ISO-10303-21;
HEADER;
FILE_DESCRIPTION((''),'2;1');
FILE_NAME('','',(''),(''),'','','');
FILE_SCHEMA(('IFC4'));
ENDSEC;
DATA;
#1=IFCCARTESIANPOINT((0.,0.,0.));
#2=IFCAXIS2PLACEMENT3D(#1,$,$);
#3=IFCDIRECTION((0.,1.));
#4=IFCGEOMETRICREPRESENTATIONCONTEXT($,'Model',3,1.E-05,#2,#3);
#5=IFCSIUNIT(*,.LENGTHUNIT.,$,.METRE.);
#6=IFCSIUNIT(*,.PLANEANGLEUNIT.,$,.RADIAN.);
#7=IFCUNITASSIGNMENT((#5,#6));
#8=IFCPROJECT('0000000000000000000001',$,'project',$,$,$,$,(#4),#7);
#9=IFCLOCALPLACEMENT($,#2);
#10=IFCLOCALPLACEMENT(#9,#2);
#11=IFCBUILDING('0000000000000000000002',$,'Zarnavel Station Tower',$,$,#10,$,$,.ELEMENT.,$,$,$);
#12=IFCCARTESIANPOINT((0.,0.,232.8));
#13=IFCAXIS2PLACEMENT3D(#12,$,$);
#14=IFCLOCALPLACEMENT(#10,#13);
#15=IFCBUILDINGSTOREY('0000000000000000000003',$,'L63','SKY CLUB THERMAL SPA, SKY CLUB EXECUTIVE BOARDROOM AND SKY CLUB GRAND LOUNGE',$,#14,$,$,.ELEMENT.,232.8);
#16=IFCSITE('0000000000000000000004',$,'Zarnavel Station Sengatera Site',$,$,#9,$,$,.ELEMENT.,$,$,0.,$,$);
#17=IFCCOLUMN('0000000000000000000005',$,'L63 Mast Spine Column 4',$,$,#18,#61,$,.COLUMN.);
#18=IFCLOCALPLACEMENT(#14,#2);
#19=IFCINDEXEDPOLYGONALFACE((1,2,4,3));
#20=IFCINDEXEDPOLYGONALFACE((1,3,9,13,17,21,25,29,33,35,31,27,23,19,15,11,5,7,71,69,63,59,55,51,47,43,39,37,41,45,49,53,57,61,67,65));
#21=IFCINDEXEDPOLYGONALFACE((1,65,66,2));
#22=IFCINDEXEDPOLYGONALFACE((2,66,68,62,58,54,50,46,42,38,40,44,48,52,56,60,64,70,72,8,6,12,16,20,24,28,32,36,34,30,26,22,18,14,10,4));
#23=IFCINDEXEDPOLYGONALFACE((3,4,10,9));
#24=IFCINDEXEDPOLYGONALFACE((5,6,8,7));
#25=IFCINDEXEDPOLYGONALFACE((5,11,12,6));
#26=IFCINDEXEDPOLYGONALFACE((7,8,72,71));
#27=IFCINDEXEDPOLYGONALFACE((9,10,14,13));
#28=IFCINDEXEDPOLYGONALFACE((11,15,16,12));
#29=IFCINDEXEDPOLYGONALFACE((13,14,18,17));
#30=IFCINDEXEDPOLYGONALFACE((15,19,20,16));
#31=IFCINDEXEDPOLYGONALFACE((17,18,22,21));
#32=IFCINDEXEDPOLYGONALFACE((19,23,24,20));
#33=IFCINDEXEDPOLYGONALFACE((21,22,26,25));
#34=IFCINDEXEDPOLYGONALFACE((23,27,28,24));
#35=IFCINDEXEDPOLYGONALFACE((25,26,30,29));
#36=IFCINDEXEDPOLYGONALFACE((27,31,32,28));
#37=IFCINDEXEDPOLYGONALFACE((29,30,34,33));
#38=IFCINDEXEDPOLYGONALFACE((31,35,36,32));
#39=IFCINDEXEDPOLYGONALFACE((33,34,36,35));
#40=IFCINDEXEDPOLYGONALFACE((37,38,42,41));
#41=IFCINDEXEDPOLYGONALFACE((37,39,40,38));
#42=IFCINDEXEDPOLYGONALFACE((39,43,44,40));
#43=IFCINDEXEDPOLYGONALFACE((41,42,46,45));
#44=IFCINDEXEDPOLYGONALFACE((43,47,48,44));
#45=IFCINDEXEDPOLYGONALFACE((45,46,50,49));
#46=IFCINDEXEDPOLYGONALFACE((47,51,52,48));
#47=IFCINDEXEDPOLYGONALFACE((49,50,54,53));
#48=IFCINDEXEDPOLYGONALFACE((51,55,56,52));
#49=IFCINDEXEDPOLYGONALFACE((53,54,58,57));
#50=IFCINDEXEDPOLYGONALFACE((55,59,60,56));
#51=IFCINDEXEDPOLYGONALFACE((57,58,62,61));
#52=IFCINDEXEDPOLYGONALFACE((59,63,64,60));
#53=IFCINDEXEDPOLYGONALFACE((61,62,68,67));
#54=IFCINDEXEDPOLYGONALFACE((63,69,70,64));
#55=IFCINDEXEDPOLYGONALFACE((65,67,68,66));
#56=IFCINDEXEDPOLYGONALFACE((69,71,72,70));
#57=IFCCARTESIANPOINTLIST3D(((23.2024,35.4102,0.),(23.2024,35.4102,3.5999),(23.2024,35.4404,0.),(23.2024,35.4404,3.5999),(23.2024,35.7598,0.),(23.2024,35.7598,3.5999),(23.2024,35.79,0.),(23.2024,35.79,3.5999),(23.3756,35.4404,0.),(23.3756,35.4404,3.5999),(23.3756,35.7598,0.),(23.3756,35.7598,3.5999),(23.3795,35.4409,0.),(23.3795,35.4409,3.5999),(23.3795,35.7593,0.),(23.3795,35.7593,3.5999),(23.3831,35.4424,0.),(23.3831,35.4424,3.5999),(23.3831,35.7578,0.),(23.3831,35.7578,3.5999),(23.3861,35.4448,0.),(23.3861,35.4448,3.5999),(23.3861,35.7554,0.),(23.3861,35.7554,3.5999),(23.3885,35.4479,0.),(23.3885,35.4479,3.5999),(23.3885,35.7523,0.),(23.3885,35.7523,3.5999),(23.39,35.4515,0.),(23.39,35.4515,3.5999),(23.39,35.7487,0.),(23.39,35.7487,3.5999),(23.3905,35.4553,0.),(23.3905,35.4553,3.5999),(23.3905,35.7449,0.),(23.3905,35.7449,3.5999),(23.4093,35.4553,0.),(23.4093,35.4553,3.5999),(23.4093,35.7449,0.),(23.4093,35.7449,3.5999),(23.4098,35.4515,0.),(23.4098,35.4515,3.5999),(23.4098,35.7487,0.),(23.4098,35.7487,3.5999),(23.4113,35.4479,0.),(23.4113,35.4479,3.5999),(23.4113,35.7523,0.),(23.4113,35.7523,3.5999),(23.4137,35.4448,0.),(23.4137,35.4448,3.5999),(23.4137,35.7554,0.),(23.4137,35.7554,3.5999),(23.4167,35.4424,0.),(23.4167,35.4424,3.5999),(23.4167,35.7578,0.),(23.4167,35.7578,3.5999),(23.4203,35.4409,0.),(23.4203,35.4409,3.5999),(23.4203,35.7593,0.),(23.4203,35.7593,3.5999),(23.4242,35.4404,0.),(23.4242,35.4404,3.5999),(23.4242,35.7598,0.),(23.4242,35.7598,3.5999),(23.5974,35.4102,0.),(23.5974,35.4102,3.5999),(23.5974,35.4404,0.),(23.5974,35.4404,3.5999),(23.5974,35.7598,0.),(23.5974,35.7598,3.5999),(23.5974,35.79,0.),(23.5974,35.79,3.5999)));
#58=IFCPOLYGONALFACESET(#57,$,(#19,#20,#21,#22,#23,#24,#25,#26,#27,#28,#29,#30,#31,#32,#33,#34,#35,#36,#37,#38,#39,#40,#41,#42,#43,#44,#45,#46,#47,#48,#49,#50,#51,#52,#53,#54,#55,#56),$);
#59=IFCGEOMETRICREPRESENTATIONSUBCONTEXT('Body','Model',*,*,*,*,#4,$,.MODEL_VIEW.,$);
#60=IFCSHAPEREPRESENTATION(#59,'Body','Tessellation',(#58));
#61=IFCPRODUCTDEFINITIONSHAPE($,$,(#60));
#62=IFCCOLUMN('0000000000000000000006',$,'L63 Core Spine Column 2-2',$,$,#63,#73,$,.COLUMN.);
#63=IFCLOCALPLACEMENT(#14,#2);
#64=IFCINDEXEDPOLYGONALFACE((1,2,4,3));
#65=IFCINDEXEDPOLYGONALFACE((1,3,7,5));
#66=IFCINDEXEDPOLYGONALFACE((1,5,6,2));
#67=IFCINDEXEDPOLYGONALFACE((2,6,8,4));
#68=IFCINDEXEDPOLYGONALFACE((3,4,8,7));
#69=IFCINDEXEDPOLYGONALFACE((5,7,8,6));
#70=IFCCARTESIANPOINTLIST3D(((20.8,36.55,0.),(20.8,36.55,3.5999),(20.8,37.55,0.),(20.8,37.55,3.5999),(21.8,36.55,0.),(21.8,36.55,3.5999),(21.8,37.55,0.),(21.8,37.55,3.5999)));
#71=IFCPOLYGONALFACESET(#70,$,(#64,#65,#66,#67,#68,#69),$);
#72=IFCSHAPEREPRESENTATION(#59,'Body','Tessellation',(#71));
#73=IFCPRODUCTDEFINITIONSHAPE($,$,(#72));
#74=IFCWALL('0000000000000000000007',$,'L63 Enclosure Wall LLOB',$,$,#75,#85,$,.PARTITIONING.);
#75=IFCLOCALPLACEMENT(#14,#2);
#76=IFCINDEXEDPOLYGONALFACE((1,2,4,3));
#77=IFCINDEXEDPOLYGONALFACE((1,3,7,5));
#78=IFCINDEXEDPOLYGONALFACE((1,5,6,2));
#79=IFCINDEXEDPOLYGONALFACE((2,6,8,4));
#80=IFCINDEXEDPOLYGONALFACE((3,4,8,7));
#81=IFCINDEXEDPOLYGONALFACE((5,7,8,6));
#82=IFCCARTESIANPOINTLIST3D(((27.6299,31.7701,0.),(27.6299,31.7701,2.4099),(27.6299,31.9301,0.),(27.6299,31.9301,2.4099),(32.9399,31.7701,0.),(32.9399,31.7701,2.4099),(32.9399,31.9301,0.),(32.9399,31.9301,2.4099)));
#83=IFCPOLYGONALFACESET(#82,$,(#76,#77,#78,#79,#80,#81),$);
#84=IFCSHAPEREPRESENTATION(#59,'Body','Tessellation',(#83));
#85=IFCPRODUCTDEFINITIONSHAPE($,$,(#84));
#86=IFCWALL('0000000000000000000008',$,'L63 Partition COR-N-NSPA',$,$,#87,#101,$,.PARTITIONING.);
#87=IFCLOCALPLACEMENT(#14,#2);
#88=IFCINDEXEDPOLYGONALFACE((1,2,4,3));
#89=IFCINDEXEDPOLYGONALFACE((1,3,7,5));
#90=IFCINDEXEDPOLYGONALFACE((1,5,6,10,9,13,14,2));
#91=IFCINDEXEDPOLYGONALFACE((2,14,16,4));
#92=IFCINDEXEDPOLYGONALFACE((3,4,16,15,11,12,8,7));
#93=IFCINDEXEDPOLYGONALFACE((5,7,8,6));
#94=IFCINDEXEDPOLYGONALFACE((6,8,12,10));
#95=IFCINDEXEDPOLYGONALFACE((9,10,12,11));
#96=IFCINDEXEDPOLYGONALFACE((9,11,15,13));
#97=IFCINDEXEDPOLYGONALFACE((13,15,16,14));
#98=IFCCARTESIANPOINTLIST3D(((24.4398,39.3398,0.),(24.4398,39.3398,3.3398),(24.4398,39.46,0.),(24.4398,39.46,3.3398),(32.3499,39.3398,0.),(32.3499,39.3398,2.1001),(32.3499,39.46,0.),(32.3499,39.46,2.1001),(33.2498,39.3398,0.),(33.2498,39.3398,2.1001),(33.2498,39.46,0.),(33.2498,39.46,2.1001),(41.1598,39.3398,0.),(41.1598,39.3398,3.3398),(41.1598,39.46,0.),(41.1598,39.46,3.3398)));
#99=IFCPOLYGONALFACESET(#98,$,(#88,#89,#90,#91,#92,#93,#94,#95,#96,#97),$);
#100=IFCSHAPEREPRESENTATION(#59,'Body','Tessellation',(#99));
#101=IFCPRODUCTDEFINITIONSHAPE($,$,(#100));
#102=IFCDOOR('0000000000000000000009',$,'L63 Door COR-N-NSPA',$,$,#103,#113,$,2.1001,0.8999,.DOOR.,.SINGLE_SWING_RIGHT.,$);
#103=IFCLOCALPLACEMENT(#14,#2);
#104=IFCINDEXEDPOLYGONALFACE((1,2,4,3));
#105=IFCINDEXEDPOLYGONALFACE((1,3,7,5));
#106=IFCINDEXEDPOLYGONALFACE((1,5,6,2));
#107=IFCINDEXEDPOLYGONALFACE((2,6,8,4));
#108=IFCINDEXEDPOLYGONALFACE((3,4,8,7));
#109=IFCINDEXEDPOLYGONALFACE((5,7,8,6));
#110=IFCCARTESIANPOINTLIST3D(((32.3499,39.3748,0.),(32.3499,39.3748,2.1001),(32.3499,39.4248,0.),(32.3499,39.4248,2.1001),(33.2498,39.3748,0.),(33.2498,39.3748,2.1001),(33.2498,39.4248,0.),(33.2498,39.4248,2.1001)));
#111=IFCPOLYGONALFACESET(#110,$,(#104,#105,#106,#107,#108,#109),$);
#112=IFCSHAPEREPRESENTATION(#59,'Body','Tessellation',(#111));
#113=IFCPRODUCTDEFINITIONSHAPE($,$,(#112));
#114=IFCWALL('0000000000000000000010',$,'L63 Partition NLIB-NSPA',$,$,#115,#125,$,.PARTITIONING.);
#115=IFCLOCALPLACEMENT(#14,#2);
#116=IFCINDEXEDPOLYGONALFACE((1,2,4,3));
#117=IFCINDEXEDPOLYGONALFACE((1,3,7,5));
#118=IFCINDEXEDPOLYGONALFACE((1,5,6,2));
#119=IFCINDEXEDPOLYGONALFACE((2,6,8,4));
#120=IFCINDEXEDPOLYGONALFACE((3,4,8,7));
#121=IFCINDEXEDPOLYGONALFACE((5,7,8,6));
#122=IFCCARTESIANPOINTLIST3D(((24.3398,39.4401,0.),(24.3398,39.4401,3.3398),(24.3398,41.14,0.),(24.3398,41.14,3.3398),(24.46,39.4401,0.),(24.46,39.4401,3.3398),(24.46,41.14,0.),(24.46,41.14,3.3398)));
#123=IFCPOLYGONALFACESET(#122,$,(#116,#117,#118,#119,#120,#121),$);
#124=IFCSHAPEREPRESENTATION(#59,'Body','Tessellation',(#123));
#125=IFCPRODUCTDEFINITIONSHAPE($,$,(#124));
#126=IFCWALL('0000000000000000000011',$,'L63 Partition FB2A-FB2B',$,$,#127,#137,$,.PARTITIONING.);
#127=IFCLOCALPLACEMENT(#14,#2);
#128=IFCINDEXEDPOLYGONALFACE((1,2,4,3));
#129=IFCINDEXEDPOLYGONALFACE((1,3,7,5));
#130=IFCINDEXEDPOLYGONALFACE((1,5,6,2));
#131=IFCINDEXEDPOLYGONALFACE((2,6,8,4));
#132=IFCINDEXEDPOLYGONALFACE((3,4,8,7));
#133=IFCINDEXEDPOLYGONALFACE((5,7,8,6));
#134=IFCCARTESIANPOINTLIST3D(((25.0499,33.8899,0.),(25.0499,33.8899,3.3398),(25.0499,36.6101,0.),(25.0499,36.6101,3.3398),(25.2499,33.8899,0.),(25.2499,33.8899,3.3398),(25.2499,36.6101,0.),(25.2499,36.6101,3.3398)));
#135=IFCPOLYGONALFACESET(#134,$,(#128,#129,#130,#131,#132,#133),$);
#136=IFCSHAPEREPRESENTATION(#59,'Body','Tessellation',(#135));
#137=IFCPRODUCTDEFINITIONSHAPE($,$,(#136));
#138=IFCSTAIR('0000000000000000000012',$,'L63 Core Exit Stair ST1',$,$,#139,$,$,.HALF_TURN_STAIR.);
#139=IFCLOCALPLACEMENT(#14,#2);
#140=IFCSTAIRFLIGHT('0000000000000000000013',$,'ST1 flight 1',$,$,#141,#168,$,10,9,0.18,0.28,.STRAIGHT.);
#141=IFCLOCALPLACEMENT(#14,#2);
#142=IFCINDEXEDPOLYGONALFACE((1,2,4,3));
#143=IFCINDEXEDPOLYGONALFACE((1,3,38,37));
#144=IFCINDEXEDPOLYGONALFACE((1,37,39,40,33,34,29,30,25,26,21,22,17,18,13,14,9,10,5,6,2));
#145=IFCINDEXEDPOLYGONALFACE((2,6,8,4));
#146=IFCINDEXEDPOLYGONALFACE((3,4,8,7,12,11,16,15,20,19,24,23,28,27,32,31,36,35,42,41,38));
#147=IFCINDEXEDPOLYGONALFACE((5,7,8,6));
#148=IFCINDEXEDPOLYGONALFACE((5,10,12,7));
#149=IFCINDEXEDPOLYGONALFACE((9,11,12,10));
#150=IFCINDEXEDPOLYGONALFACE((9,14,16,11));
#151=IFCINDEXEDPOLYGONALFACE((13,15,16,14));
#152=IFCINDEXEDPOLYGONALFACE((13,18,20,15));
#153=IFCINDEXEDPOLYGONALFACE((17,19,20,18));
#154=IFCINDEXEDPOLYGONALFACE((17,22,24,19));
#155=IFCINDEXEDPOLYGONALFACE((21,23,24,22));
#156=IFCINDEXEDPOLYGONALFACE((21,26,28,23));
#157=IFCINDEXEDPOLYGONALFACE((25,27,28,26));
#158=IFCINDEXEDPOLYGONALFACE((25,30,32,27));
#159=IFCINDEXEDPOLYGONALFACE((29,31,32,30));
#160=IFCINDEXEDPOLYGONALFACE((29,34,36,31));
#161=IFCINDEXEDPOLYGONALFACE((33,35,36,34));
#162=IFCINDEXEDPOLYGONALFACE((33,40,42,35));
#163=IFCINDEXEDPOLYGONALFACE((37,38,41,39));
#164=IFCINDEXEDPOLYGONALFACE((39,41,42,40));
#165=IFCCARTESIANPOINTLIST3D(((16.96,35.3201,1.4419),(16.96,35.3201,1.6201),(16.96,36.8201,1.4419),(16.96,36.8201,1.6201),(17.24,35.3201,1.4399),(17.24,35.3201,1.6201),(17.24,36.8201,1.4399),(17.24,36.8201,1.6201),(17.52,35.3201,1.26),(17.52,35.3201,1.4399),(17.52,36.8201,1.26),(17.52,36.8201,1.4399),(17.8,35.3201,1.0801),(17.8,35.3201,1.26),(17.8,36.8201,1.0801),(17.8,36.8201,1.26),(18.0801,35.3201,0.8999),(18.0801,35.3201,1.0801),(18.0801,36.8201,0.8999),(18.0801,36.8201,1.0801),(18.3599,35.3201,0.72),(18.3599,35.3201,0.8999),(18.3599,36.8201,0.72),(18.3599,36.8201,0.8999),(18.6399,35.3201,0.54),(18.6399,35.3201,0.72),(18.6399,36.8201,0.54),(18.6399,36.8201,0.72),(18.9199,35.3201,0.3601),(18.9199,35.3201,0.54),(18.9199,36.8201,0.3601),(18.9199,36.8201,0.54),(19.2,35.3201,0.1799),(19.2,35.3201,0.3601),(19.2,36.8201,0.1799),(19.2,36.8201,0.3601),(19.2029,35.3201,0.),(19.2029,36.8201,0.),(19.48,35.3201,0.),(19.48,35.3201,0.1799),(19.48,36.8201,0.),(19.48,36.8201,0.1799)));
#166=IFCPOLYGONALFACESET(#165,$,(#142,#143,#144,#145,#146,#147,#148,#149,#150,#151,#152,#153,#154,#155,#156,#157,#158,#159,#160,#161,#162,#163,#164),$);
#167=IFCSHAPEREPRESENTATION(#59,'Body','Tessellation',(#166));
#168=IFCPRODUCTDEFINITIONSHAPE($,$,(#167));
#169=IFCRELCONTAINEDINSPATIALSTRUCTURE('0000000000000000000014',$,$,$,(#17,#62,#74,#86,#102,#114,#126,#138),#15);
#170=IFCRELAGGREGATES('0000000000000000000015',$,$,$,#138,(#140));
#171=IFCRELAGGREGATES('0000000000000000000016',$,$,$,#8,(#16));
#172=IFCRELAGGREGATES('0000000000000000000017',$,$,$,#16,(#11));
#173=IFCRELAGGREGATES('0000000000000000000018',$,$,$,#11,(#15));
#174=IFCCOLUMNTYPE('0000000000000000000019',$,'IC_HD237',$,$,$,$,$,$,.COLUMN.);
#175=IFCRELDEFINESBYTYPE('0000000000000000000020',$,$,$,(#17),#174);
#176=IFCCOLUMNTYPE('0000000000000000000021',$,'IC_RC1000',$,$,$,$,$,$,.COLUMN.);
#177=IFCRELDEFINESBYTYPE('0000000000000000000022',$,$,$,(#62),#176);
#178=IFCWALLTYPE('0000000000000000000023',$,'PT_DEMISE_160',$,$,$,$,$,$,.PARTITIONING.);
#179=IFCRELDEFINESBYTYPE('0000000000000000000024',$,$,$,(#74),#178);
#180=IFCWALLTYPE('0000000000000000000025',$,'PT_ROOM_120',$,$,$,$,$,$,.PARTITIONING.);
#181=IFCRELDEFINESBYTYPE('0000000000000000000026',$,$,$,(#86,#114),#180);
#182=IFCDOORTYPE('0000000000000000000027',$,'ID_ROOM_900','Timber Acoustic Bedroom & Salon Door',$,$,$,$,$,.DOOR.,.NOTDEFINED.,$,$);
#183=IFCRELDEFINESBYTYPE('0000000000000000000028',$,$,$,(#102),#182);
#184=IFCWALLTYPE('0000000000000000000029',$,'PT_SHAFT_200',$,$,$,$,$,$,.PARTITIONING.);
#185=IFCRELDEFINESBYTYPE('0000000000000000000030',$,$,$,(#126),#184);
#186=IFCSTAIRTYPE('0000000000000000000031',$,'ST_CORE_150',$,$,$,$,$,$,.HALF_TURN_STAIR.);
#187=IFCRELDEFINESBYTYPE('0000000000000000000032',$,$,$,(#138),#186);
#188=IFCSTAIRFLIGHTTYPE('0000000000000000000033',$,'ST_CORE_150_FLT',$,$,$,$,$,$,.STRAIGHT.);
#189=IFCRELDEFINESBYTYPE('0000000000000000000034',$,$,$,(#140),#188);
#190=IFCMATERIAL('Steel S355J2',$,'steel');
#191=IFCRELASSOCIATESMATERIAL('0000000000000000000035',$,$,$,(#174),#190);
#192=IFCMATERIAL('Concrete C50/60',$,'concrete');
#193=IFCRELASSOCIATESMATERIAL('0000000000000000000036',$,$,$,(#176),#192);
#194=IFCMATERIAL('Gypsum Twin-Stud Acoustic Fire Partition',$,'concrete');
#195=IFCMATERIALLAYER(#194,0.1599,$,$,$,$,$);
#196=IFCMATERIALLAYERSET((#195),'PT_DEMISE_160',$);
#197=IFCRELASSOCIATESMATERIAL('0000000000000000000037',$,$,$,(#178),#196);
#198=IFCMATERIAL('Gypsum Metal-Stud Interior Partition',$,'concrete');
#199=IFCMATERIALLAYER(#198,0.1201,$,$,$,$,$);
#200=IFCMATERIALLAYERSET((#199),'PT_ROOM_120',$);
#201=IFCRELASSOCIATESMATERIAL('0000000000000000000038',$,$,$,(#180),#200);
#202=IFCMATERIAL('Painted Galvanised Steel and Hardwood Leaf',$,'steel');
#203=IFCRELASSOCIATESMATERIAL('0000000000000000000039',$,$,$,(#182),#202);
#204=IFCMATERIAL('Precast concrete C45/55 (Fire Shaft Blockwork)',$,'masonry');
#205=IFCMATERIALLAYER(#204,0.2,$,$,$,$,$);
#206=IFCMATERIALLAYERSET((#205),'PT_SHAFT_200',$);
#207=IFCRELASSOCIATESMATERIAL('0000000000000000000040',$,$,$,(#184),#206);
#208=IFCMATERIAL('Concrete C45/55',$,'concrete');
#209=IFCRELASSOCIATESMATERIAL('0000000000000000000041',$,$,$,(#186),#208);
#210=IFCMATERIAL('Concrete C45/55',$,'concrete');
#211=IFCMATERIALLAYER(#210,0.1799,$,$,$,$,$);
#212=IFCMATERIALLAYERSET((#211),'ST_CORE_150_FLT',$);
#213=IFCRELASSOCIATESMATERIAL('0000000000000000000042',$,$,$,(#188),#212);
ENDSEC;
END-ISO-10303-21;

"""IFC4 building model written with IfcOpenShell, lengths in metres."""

from ifc_helpers import new_model, si_unit, direction, frame, frame_2d, origin, origin_2d, place, context, subcontext, project, spatial, polyline, rectangle, i_section, outline, extrude, material, layer, layer_set, material_profile, profile_set, type_object, element, fill, aggregate, save


model = new_model("IFC4")

# Units and contexts
model_context = context("Model", 3, precision=1e-05, world=origin(), true_north=direction((0.0, 1.0)))
body_context = subcontext(model_context, "Body", "Model", "MODEL_VIEW")
ifc_project = project(units=[si_unit("LENGTHUNIT", "METRE"), si_unit("PLANEANGLEUNIT", "RADIAN")], contexts=[model_context])

# Site, building, storey
site_placement = place(None, origin())
site = spatial("IfcSite", under=ifc_project, at=site_placement, Name="Zarnavel Station Sengatera Site", CompositionType="ELEMENT", RefElevation=0.0)
building_placement = place(site_placement, origin())
building = spatial("IfcBuilding", under=site, at=building_placement, Name="Zarnavel Station Tower", CompositionType="ELEMENT")
storey_placement = place(building_placement, frame((0.0, 0.0, 232.8)))
storey = spatial("IfcBuildingStorey", under=building, at=storey_placement, Name="L63", Description="SKY CLUB THERMAL SPA, SKY CLUB EXECUTIVE BOARDROOM AND SKY CLUB GRAND LOUNGE", CompositionType="ELEMENT", Elevation=232.8)

# Columns
ifc_material_1 = material(Name="Steel S355J2", Category="steel")
ifc_material_profile_1 = material_profile(ifc_material_1, i_section(OverallWidth=0.395, OverallDepth=0.3799, WebThickness=0.0188, FlangeThickness=0.0303, FilletRadius=0.0149, at=origin_2d()), Name="HD400x237")
ifc_profile_set_1 = profile_set([ifc_material_profile_1], Name="Steel S355J2")
column_type_1 = type_object("IfcColumnType", Name="IC_HD237", PredefinedType="COLUMN", material=ifc_profile_set_1)
column_1_placement = place(storey_placement, frame((23.3999, 35.6001, 0.0), z_axis=(0.0, 0.0, 1.0), x_axis=(1.0, 0.0, 0.0)))
element("IfcColumn", 1, at=column_1_placement, inside=storey, type_object=column_type_1, Name="L63 Mast Spine Column 4", PredefinedType="COLUMN", context=body_context, shape_type="SweptSolid", body=[
    extrude(i_section(OverallWidth=0.395, OverallDepth=0.3799, WebThickness=0.0188, FlangeThickness=0.0303, FilletRadius=0.0149, at=origin_2d()), origin(), (0.0, 0.0, 1.0), 3.5999),
])
ifc_material_2 = material(Name="Concrete C50/60", Category="concrete")
ifc_material_profile_2 = material_profile(ifc_material_2, rectangle(XDim=1.0, YDim=1.0, at=origin_2d()), Name="RC1000x1000")
ifc_profile_set_2 = profile_set([ifc_material_profile_2], Name="Concrete C50/60")
column_type_2 = type_object("IfcColumnType", Name="IC_RC1000", PredefinedType="COLUMN", material=ifc_profile_set_2)
column_2_placement = place(storey_placement, frame((21.3, 37.05, 0.0), z_axis=(0.0, 0.0, 1.0), x_axis=(1.0, 0.0, 0.0)))
element("IfcColumn", 2, at=column_2_placement, inside=storey, type_object=column_type_2, Name="L63 Core Spine Column 2-2", PredefinedType="COLUMN", context=body_context, shape_type="SweptSolid", body=[
    extrude(rectangle(XDim=1.0, YDim=1.0, at=origin_2d()), origin(), (0.0, 0.0, 1.0), 3.5999),
])

# Wall
ifc_material_3 = material(Name="Gypsum Twin-Stud Acoustic Fire Partition", Category="concrete")
ifc_layer_1 = layer(ifc_material_3, 0.1599)
ifc_layer_set_1 = layer_set([ifc_layer_1], Name="PT_DEMISE_160")
wall_type_1 = type_object("IfcWallType", Name="PT_DEMISE_160", PredefinedType="PARTITIONING", material=ifc_layer_set_1)
wall_1_placement = place(storey_placement, frame((27.6299, 31.8501, 0.0), z_axis=(0.0, 0.0, 1.0), x_axis=(1.0, 0.0, 0.0)))
element("IfcWall", 3, at=wall_1_placement, inside=storey, type_object=wall_type_1, Name="L63 Enclosure Wall LLOB", PredefinedType="PARTITIONING", context=body_context, shape_type="SweptSolid", body=[
    extrude(rectangle(XDim=5.3101, YDim=0.1599, at=frame_2d((2.655, 0.0))), origin(), (0.0, 0.0, 1.0), 2.4099),
])

# Wall, opening, door
ifc_material_4 = material(Name="Gypsum Metal-Stud Interior Partition", Category="concrete")
ifc_layer_2 = layer(ifc_material_4, 0.1201)
ifc_layer_set_2 = layer_set([ifc_layer_2], Name="PT_ROOM_120")
wall_type_2 = type_object("IfcWallType", Name="PT_ROOM_120", PredefinedType="PARTITIONING", material=ifc_layer_set_2)
wall_2_placement = place(storey_placement, frame((24.4399, 39.3999, 0.0), z_axis=(0.0, 0.0, 1.0), x_axis=(1.0, 0.0, 0.0)))
wall_2 = element("IfcWall", 4, at=wall_2_placement, inside=storey, type_object=wall_type_2, Name="L63 Partition COR-N-NSPA", PredefinedType="PARTITIONING", context=body_context, shape_type="SweptSolid", body=[
    extrude(rectangle(XDim=16.72, YDim=0.1201, at=frame_2d((8.3599, 0.0))), origin(), (0.0, 0.0, 1.0), 3.3398),
])
opening_1_placement = place(wall_2_placement, frame((7.9099, 0.0, 0.0)))
opening_1 = element("IfcOpeningElement", 5, at=opening_1_placement, cuts=wall_2, PredefinedType="OPENING", context=body_context, shape_type="SweptSolid", body=[
    extrude(rectangle(XDim=0.8999, YDim=2.1001, at=frame_2d((0.45, 1.05))), frame((0.0, 0.0701, 0.0), z_axis=(0.0, -1.0, 0.0), x_axis=(1.0, 0.0, 0.0)), (0.0, 0.0, 1.0), 0.1401),
])
ifc_material_5 = material(Name="Painted Galvanised Steel and Hardwood Leaf", Category="steel")
door_type_1 = type_object("IfcDoorType", Name="ID_ROOM_900", Description="Timber Acoustic Bedroom & Salon Door", OperationType="NOTDEFINED", PredefinedType="DOOR", material=ifc_material_5)
door_1_placement = place(opening_1_placement, origin())
door_1 = element("IfcDoor", 6, at=door_1_placement, inside=storey, type_object=door_type_1, Name="L63 Door COR-N-NSPA", OperationType="SINGLE_SWING_RIGHT", OverallHeight=2.1001, OverallWidth=0.8999, PredefinedType="DOOR", context=body_context, shape_type="SweptSolid", body=[
    extrude(rectangle(XDim=0.8999, YDim=2.1001, at=frame_2d((0.45, 1.05))), frame((0.0, 0.0249, 0.0), z_axis=(0.0, -1.0, 0.0), x_axis=(1.0, 0.0, 0.0)), (0.0, 0.0, 1.0), 0.05),
])
fill(opening_1, door_1)

# Wall
wall_3_placement = place(storey_placement, frame((24.3999, 39.4399, 0.0), z_axis=(0.0, 0.0, 1.0), x_axis=(0.0, 1.0, 0.0)))
element("IfcWall", 7, at=wall_3_placement, inside=storey, type_object=wall_type_2, Name="L63 Partition NLIB-NSPA", PredefinedType="PARTITIONING", context=body_context, shape_type="SweptSolid", body=[
    extrude(rectangle(XDim=1.7, YDim=0.1201, at=frame_2d((0.8501, 0.0))), origin(), (0.0, 0.0, 1.0), 3.3398),
])

# Shared definitions
ifc_material_6 = material(Name="Precast concrete C45/55 (Fire Shaft Blockwork)", Category="masonry")
ifc_layer_3 = layer(ifc_material_6, 0.2)
ifc_layer_set_3 = layer_set([ifc_layer_3], Name="PT_SHAFT_200")
wall_type_3 = type_object("IfcWallType", Name="PT_SHAFT_200", PredefinedType="PARTITIONING", material=ifc_layer_set_3)

# Wall
wall_4_placement = place(storey_placement, frame((25.1499, 33.8899, 0.0), z_axis=(0.0, 0.0, 1.0), x_axis=(0.0, 1.0, 0.0)))
element("IfcWall", 8, at=wall_4_placement, inside=storey, type_object=wall_type_3, Name="L63 Partition FB2A-FB2B", PredefinedType="PARTITIONING", context=body_context, shape_type="SweptSolid", body=[
    extrude(rectangle(XDim=2.7202, YDim=0.2, at=frame_2d((1.3601, 0.0))), origin(), (0.0, 0.0, 1.0), 3.3398),
])

# Stair, stair flight
ifc_material_7 = material(Name="Concrete C45/55", Category="concrete")
stair_type = type_object("IfcStairType", Name="ST_CORE_150", PredefinedType="HALF_TURN_STAIR", material=ifc_material_7)
stair_placement = place(storey_placement, origin())
stair = element("IfcStair", 9, at=stair_placement, inside=storey, type_object=stair_type, Name="L63 Core Exit Stair ST1", PredefinedType="HALF_TURN_STAIR")
ifc_material_8 = material(Name="Concrete C45/55", Category="concrete")
ifc_layer_4 = layer(ifc_material_8, 0.1799)
ifc_layer_set_4 = layer_set([ifc_layer_4], Name="ST_CORE_150_FLT")
stair_flight_type = type_object("IfcStairFlightType", Name="ST_CORE_150_FLT", PredefinedType="STRAIGHT", material=ifc_layer_set_4)
stair_flight_1_placement = place(storey_placement, frame((19.48, 36.0701, 0.0), z_axis=(0.0, 0.0, 1.0), x_axis=(-1.0, 0.0, 0.0)))
stair_flight_1 = element("IfcStairFlight", 10, at=stair_flight_1_placement, type_object=stair_flight_type, Name="ST1 flight 1", NumberOfRisers=10, NumberOfTreads=9, PredefinedType="STRAIGHT", RiserHeight=0.18, TreadLength=0.28, context=body_context, shape_type="SweptSolid", body=[
    extrude(outline(polyline([(0.0, 0.0), (0.0, 0.1799), (0.28, 0.1799), (0.28, 0.3601), (0.5601, 0.3601), (0.5601, 0.54), (0.8401, 0.54), (0.8401, 0.72), (1.1201, 0.72), (1.1201, 0.8999), (1.3999, 0.8999), (1.3999, 1.0801), (1.6799, 1.0801), (1.6799, 1.26), (1.96, 1.26), (1.96, 1.4399), (2.24, 1.4399), (2.24, 1.6201), (2.52, 1.6201), (2.52, 1.8), (2.52, 1.4419), (0.2771, 0.0), (0.0, 0.0)])), frame((0.0, 0.75, 0.0), z_axis=(0.0, -1.0, 0.0), x_axis=(1.0, 0.0, 0.0)), (0.0, 0.0, 1.0), 1.5),
])
aggregate(stair, [stair_flight_1])

save(model, "model.ifc")
